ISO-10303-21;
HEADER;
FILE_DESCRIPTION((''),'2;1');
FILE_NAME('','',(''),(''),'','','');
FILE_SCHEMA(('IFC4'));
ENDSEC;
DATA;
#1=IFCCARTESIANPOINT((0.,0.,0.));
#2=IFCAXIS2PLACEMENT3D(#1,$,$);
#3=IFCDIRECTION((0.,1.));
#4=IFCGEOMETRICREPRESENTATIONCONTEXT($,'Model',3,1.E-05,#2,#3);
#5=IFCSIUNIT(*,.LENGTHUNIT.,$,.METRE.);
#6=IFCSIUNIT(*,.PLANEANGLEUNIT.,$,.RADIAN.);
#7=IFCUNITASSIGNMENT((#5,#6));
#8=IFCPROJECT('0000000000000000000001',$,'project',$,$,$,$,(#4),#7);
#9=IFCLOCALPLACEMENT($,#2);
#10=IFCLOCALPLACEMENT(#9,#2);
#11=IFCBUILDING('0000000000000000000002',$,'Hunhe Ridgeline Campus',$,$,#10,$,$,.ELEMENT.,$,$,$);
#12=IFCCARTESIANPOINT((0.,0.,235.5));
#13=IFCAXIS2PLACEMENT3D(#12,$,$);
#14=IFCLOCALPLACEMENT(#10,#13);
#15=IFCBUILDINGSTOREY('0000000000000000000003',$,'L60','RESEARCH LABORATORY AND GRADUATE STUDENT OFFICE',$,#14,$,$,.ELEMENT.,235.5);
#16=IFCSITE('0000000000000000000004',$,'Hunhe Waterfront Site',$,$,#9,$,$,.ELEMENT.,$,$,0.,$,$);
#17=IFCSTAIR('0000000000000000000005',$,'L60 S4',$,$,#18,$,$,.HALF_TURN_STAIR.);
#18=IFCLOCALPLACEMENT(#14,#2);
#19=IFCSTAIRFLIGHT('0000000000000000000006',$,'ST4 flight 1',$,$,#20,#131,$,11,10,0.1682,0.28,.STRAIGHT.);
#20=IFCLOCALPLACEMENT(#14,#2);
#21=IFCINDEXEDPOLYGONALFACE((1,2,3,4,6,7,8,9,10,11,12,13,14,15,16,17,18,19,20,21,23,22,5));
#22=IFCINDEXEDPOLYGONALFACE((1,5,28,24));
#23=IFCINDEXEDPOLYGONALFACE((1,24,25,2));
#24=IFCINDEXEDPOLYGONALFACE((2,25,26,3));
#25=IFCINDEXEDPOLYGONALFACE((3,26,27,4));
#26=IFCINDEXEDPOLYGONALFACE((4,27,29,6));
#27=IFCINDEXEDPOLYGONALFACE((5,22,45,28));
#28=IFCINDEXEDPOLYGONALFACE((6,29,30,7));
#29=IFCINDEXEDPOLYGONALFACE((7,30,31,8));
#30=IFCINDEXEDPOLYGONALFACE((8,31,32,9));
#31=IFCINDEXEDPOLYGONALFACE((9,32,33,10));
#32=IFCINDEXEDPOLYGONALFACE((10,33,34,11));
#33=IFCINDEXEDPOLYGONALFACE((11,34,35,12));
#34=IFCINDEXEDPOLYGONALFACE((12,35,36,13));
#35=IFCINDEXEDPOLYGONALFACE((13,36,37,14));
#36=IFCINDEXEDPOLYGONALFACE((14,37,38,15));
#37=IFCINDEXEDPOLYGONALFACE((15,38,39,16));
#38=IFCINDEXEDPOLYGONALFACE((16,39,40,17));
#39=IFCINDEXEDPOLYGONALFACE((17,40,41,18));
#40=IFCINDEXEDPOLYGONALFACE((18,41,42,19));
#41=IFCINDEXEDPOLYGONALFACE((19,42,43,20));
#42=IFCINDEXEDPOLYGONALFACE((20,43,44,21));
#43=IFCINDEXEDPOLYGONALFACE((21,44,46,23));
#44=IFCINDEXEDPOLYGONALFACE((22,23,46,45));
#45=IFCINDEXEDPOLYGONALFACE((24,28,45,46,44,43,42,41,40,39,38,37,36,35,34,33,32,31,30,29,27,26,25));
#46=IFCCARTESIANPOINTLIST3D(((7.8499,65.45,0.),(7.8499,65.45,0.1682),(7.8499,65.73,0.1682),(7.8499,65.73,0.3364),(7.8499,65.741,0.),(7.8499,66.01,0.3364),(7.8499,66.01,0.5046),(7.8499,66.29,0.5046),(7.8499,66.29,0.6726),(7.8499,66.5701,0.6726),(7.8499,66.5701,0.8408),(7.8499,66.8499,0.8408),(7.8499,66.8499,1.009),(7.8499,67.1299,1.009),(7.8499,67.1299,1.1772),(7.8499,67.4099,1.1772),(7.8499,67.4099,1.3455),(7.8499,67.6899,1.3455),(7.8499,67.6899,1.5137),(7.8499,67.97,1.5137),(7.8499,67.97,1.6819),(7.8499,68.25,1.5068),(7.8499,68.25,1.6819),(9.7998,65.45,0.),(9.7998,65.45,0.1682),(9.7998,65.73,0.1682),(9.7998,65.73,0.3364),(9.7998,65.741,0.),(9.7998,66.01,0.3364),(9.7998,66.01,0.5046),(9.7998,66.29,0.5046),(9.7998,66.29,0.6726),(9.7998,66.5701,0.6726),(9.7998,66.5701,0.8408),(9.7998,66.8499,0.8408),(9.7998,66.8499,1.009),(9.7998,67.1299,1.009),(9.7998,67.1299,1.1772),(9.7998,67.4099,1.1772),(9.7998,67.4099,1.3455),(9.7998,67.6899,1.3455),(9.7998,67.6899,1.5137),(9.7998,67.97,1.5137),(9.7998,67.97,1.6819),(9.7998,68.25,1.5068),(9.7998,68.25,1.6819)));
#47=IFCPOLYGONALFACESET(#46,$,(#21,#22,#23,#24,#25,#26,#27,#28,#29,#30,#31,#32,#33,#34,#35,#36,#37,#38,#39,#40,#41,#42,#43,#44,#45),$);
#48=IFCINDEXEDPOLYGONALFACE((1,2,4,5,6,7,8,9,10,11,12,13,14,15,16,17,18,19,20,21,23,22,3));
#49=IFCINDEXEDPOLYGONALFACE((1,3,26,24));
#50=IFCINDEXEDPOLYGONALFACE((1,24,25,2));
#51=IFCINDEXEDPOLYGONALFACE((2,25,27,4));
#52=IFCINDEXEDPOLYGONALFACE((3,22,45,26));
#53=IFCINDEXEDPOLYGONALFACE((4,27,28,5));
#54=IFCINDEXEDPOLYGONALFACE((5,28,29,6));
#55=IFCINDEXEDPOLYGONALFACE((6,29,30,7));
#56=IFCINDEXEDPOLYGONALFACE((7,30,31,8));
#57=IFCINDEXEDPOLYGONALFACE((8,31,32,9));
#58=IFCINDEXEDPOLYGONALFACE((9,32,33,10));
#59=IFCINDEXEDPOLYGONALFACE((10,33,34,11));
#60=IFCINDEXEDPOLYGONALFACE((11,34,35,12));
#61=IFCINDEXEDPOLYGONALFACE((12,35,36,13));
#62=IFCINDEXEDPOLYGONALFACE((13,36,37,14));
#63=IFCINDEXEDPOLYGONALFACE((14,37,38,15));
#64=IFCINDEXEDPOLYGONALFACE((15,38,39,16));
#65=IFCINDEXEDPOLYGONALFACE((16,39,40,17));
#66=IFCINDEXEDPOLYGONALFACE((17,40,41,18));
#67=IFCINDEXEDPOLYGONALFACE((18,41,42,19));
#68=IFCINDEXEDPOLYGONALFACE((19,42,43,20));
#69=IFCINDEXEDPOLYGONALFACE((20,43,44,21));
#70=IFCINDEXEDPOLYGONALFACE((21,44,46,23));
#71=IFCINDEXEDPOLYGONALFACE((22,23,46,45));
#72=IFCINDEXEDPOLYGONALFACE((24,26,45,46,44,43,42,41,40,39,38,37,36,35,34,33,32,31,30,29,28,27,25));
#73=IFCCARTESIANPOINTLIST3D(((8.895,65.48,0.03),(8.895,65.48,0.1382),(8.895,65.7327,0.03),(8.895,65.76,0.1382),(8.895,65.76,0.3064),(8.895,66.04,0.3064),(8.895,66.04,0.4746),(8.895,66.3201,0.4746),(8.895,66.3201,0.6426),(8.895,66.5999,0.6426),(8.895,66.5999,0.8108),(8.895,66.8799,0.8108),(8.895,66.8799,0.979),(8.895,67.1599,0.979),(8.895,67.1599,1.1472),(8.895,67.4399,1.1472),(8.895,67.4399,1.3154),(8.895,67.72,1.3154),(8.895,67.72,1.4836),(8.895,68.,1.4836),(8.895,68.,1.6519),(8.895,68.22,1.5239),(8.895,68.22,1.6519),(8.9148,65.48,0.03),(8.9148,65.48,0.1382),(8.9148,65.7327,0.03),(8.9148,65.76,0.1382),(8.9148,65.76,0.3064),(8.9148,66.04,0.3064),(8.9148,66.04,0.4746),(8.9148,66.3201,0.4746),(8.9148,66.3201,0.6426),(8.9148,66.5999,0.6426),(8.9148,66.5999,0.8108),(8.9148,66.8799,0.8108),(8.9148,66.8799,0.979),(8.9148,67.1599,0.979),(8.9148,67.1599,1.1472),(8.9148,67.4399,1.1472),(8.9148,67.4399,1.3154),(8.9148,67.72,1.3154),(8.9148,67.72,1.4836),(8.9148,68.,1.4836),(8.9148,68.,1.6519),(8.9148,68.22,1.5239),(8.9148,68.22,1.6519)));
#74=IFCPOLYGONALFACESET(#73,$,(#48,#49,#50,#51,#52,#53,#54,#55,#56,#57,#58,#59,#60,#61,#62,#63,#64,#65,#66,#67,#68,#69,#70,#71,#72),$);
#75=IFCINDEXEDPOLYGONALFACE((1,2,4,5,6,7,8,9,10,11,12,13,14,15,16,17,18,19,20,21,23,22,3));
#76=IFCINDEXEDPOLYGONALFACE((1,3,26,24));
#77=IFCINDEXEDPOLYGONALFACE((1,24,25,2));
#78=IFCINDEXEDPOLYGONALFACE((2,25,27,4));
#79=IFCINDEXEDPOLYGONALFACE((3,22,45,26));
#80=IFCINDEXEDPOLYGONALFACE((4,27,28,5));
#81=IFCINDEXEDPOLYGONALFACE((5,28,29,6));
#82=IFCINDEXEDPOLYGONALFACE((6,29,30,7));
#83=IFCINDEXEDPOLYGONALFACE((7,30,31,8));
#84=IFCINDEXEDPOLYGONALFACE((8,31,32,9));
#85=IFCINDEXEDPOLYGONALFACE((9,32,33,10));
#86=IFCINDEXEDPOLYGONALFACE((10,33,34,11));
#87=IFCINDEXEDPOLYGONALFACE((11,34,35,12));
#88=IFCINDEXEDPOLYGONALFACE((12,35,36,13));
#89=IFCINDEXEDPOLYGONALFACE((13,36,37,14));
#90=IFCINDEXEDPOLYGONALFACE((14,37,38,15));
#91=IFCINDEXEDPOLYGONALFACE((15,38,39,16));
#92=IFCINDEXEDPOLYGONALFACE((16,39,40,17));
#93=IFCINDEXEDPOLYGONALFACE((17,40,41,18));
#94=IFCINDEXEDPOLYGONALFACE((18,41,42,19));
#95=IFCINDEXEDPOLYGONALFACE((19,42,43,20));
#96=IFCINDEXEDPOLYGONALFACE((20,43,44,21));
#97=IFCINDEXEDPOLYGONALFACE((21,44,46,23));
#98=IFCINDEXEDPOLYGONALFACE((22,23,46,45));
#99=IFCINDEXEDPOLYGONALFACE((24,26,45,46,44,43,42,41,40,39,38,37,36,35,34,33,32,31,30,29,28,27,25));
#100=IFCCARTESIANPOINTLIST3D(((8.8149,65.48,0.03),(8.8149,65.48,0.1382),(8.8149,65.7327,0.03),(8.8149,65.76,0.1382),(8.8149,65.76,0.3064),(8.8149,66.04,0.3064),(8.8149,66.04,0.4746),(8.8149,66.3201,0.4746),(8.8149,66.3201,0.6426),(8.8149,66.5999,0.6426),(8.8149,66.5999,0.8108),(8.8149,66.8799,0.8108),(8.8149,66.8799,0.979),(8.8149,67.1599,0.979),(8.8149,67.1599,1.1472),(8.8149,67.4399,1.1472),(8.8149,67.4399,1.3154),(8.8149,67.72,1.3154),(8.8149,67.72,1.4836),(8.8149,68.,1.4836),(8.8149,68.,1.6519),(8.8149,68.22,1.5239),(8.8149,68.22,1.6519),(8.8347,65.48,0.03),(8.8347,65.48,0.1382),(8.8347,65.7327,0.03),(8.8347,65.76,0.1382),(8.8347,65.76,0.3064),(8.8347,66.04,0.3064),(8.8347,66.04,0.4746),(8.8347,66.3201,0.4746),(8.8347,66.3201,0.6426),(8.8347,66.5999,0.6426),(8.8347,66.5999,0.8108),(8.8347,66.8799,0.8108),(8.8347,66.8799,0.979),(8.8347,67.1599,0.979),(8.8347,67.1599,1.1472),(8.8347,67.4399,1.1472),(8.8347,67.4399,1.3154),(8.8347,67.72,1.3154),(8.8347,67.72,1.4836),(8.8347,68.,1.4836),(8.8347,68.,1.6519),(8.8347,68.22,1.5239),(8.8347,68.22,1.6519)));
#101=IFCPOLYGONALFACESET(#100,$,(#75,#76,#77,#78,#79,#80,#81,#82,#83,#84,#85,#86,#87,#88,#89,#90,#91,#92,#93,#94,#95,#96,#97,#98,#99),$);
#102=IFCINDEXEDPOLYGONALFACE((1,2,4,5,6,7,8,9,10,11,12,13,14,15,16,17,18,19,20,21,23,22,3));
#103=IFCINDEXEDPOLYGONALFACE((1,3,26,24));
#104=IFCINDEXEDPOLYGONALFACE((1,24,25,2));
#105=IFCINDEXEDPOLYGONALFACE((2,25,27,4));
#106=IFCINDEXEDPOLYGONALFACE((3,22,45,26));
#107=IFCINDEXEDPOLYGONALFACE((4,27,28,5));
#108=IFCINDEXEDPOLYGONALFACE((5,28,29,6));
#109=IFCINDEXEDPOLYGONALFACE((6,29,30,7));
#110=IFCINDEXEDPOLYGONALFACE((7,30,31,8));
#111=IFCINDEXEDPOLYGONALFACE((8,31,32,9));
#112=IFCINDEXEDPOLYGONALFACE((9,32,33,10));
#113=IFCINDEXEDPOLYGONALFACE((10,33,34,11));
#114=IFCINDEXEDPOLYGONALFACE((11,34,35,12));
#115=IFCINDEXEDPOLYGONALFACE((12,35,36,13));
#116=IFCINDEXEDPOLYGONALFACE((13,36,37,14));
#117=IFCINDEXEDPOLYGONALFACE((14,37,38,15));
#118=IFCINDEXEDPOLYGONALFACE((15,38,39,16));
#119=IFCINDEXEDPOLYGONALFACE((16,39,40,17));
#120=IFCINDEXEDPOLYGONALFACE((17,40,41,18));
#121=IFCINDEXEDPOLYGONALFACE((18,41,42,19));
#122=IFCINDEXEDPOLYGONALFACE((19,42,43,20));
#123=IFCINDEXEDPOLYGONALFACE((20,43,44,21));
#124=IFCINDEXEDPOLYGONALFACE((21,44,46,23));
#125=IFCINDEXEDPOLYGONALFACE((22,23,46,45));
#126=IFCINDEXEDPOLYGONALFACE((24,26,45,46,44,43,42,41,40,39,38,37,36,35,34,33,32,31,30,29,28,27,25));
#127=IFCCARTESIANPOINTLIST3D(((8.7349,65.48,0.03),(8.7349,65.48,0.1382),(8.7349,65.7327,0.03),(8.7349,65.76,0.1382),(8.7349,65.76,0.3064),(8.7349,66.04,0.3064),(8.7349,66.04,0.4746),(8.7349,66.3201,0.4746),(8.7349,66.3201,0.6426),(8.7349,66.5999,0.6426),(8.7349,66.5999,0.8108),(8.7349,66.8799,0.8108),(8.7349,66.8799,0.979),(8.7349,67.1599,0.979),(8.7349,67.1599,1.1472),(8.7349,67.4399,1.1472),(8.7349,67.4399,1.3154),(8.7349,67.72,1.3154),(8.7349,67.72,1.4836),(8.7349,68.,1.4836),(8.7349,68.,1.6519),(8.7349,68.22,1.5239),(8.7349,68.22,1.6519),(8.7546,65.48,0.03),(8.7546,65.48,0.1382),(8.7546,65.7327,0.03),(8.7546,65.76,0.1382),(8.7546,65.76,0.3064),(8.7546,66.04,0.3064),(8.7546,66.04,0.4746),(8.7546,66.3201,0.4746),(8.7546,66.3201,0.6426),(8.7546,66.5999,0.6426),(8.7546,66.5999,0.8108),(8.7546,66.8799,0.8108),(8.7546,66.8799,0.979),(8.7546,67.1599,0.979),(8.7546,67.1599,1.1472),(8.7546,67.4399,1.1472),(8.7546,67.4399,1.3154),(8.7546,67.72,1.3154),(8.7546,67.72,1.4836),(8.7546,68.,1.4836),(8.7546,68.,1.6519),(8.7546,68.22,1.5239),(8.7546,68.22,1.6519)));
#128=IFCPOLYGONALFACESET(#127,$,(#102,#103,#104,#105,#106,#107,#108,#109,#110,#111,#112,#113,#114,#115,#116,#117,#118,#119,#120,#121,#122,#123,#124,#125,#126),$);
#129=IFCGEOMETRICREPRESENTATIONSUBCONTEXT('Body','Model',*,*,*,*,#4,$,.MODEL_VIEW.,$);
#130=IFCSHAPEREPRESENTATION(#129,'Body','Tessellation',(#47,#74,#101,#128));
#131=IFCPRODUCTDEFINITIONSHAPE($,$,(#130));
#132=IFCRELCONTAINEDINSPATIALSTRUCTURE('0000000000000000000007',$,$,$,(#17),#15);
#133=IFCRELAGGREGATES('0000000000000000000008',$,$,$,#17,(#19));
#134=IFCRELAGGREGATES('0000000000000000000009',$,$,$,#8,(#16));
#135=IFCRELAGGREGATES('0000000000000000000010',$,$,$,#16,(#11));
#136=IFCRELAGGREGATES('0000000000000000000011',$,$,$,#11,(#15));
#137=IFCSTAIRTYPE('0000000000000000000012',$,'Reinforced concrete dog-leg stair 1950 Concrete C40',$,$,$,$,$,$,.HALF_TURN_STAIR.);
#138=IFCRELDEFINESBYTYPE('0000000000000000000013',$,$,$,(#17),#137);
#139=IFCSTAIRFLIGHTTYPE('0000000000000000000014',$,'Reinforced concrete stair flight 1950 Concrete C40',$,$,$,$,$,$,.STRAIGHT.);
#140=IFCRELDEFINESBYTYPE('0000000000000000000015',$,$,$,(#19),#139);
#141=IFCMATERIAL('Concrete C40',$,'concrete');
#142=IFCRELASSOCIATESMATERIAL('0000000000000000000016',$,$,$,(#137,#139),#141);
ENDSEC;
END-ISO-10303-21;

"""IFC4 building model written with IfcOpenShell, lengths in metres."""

from ifc_helpers import new_model, si_unit, direction, frame, origin, place, context, subcontext, project, spatial, polyline, outline, extrude, material, type_object, element, aggregate, save


model = new_model("IFC4")

# Units and contexts
model_context = context("Model", 3, precision=1e-05, world=origin(), true_north=direction((0.0, 1.0)))
body_context = subcontext(model_context, "Body", "Model", "MODEL_VIEW")
ifc_project = project(units=[si_unit("LENGTHUNIT", "METRE"), si_unit("PLANEANGLEUNIT", "RADIAN")], contexts=[model_context])

# Site, building, storey
site_placement = place(None, origin())
site = spatial("IfcSite", under=ifc_project, at=site_placement, Name="Hunhe Waterfront Site", CompositionType="ELEMENT", RefElevation=0.0)
building_placement = place(site_placement, origin())
building = spatial("IfcBuilding", under=site, at=building_placement, Name="Hunhe Ridgeline Campus", CompositionType="ELEMENT")
storey_placement = place(building_placement, frame((0.0, 0.0, 235.5)))
storey = spatial("IfcBuildingStorey", under=building, at=storey_placement, Name="L60", Description="RESEARCH LABORATORY AND GRADUATE STUDENT OFFICE", CompositionType="ELEMENT", Elevation=235.5)

# Stair, stair flight
ifc_material_1 = material(Name="Concrete C40", Category="concrete")
stair_type = type_object("IfcStairType", Name="Reinforced concrete dog-leg stair 1950 Concrete C40", PredefinedType="HALF_TURN_STAIR", material=ifc_material_1)
stair_flight_type = type_object("IfcStairFlightType", Name="Reinforced concrete stair flight 1950 Concrete C40", PredefinedType="STRAIGHT", material=ifc_material_1)
stair_1_placement = place(storey_placement, origin())
stair_1 = element("IfcStair", 1, at=stair_1_placement, inside=storey, type_object=stair_type, Name="L60 S4", PredefinedType="HALF_TURN_STAIR")
stair_flight_1_placement = place(storey_placement, frame((8.825, 65.45, 0.0), z_axis=(0.0, 0.0, 1.0), x_axis=(0.0, 1.0, 0.0)))
stair_flight_1 = element("IfcStairFlight", 2, at=stair_flight_1_placement, type_object=stair_flight_type, Name="ST4 flight 1", NumberOfRisers=11, NumberOfTreads=10, PredefinedType="STRAIGHT", RiserHeight=0.1682, TreadLength=0.28, context=body_context, shape_type="SweptSolid", body=[
    extrude(outline(polyline([(0.0, 0.0), (0.0, 0.1682), (0.28, 0.1682), (0.28, 0.3364), (0.5601, 0.3364), (0.5601, 0.5046), (0.8401, 0.5046), (0.8401, 0.6726), (1.1201, 0.6726), (1.1201, 0.8408), (1.3999, 0.8408), (1.3999, 1.009), (1.6799, 1.009), (1.6799, 1.1772), (1.96, 1.1772), (1.96, 1.3455), (2.24, 1.3455), (2.24, 1.5137), (2.52, 1.5137), (2.52, 1.6819), (2.8, 1.6819), (2.8, 1.8501), (2.8, 1.5068), (0.291, 0.0), (0.0, 0.0)])), frame((0.0, 0.9751, 0.0), z_axis=(0.0, -1.0, 0.0), x_axis=(1.0, 0.0, 0.0)), (0.0, 0.0, 1.0), 1.95),
    extrude(outline(polyline([(0.03, 0.03), (0.03, 0.1382), (0.3101, 0.1382), (0.3101, 0.3064), (0.5901, 0.3064), (0.5901, 0.4746), (0.8701, 0.4746), (0.8701, 0.6426), (1.1499, 0.6426), (1.1499, 0.8108), (1.4299, 0.8108), (1.4299, 0.979), (1.71, 0.979), (1.71, 1.1472), (1.99, 1.1472), (1.99, 1.3154), (2.27, 1.3154), (2.27, 1.4836), (2.55, 1.4836), (2.55, 1.6519), (2.77, 1.6519), (2.77, 1.5239), (0.2827, 0.03), (0.03, 0.03)])), frame((0.0, -0.0701, 0.0), z_axis=(0.0, -1.0, 0.0), x_axis=(1.0, 0.0, 0.0)), (0.0, 0.0, 1.0), 0.0198),
    extrude(outline(polyline([(0.03, 0.03), (0.03, 0.1382), (0.3101, 0.1382), (0.3101, 0.3064), (0.5901, 0.3064), (0.5901, 0.4746), (0.8701, 0.4746), (0.8701, 0.6426), (1.1499, 0.6426), (1.1499, 0.8108), (1.4299, 0.8108), (1.4299, 0.979), (1.71, 0.979), (1.71, 1.1472), (1.99, 1.1472), (1.99, 1.3154), (2.27, 1.3154), (2.27, 1.4836), (2.55, 1.4836), (2.55, 1.6519), (2.77, 1.6519), (2.77, 1.5239), (0.2827, 0.03), (0.03, 0.03)])), frame((0.0, 0.01, 0.0), z_axis=(0.0, -1.0, 0.0), x_axis=(1.0, 0.0, 0.0)), (0.0, 0.0, 1.0), 0.0198),
    extrude(outline(polyline([(0.03, 0.03), (0.03, 0.1382), (0.3101, 0.1382), (0.3101, 0.3064), (0.5901, 0.3064), (0.5901, 0.4746), (0.8701, 0.4746), (0.8701, 0.6426), (1.1499, 0.6426), (1.1499, 0.8108), (1.4299, 0.8108), (1.4299, 0.979), (1.71, 0.979), (1.71, 1.1472), (1.99, 1.1472), (1.99, 1.3154), (2.27, 1.3154), (2.27, 1.4836), (2.55, 1.4836), (2.55, 1.6519), (2.77, 1.6519), (2.77, 1.5239), (0.2827, 0.03), (0.03, 0.03)])), frame((0.0, 0.0901, 0.0), z_axis=(0.0, -1.0, 0.0), x_axis=(1.0, 0.0, 0.0)), (0.0, 0.0, 1.0), 0.0198),
])
aggregate(stair_1, [stair_flight_1])

save(model, "model.ifc")
